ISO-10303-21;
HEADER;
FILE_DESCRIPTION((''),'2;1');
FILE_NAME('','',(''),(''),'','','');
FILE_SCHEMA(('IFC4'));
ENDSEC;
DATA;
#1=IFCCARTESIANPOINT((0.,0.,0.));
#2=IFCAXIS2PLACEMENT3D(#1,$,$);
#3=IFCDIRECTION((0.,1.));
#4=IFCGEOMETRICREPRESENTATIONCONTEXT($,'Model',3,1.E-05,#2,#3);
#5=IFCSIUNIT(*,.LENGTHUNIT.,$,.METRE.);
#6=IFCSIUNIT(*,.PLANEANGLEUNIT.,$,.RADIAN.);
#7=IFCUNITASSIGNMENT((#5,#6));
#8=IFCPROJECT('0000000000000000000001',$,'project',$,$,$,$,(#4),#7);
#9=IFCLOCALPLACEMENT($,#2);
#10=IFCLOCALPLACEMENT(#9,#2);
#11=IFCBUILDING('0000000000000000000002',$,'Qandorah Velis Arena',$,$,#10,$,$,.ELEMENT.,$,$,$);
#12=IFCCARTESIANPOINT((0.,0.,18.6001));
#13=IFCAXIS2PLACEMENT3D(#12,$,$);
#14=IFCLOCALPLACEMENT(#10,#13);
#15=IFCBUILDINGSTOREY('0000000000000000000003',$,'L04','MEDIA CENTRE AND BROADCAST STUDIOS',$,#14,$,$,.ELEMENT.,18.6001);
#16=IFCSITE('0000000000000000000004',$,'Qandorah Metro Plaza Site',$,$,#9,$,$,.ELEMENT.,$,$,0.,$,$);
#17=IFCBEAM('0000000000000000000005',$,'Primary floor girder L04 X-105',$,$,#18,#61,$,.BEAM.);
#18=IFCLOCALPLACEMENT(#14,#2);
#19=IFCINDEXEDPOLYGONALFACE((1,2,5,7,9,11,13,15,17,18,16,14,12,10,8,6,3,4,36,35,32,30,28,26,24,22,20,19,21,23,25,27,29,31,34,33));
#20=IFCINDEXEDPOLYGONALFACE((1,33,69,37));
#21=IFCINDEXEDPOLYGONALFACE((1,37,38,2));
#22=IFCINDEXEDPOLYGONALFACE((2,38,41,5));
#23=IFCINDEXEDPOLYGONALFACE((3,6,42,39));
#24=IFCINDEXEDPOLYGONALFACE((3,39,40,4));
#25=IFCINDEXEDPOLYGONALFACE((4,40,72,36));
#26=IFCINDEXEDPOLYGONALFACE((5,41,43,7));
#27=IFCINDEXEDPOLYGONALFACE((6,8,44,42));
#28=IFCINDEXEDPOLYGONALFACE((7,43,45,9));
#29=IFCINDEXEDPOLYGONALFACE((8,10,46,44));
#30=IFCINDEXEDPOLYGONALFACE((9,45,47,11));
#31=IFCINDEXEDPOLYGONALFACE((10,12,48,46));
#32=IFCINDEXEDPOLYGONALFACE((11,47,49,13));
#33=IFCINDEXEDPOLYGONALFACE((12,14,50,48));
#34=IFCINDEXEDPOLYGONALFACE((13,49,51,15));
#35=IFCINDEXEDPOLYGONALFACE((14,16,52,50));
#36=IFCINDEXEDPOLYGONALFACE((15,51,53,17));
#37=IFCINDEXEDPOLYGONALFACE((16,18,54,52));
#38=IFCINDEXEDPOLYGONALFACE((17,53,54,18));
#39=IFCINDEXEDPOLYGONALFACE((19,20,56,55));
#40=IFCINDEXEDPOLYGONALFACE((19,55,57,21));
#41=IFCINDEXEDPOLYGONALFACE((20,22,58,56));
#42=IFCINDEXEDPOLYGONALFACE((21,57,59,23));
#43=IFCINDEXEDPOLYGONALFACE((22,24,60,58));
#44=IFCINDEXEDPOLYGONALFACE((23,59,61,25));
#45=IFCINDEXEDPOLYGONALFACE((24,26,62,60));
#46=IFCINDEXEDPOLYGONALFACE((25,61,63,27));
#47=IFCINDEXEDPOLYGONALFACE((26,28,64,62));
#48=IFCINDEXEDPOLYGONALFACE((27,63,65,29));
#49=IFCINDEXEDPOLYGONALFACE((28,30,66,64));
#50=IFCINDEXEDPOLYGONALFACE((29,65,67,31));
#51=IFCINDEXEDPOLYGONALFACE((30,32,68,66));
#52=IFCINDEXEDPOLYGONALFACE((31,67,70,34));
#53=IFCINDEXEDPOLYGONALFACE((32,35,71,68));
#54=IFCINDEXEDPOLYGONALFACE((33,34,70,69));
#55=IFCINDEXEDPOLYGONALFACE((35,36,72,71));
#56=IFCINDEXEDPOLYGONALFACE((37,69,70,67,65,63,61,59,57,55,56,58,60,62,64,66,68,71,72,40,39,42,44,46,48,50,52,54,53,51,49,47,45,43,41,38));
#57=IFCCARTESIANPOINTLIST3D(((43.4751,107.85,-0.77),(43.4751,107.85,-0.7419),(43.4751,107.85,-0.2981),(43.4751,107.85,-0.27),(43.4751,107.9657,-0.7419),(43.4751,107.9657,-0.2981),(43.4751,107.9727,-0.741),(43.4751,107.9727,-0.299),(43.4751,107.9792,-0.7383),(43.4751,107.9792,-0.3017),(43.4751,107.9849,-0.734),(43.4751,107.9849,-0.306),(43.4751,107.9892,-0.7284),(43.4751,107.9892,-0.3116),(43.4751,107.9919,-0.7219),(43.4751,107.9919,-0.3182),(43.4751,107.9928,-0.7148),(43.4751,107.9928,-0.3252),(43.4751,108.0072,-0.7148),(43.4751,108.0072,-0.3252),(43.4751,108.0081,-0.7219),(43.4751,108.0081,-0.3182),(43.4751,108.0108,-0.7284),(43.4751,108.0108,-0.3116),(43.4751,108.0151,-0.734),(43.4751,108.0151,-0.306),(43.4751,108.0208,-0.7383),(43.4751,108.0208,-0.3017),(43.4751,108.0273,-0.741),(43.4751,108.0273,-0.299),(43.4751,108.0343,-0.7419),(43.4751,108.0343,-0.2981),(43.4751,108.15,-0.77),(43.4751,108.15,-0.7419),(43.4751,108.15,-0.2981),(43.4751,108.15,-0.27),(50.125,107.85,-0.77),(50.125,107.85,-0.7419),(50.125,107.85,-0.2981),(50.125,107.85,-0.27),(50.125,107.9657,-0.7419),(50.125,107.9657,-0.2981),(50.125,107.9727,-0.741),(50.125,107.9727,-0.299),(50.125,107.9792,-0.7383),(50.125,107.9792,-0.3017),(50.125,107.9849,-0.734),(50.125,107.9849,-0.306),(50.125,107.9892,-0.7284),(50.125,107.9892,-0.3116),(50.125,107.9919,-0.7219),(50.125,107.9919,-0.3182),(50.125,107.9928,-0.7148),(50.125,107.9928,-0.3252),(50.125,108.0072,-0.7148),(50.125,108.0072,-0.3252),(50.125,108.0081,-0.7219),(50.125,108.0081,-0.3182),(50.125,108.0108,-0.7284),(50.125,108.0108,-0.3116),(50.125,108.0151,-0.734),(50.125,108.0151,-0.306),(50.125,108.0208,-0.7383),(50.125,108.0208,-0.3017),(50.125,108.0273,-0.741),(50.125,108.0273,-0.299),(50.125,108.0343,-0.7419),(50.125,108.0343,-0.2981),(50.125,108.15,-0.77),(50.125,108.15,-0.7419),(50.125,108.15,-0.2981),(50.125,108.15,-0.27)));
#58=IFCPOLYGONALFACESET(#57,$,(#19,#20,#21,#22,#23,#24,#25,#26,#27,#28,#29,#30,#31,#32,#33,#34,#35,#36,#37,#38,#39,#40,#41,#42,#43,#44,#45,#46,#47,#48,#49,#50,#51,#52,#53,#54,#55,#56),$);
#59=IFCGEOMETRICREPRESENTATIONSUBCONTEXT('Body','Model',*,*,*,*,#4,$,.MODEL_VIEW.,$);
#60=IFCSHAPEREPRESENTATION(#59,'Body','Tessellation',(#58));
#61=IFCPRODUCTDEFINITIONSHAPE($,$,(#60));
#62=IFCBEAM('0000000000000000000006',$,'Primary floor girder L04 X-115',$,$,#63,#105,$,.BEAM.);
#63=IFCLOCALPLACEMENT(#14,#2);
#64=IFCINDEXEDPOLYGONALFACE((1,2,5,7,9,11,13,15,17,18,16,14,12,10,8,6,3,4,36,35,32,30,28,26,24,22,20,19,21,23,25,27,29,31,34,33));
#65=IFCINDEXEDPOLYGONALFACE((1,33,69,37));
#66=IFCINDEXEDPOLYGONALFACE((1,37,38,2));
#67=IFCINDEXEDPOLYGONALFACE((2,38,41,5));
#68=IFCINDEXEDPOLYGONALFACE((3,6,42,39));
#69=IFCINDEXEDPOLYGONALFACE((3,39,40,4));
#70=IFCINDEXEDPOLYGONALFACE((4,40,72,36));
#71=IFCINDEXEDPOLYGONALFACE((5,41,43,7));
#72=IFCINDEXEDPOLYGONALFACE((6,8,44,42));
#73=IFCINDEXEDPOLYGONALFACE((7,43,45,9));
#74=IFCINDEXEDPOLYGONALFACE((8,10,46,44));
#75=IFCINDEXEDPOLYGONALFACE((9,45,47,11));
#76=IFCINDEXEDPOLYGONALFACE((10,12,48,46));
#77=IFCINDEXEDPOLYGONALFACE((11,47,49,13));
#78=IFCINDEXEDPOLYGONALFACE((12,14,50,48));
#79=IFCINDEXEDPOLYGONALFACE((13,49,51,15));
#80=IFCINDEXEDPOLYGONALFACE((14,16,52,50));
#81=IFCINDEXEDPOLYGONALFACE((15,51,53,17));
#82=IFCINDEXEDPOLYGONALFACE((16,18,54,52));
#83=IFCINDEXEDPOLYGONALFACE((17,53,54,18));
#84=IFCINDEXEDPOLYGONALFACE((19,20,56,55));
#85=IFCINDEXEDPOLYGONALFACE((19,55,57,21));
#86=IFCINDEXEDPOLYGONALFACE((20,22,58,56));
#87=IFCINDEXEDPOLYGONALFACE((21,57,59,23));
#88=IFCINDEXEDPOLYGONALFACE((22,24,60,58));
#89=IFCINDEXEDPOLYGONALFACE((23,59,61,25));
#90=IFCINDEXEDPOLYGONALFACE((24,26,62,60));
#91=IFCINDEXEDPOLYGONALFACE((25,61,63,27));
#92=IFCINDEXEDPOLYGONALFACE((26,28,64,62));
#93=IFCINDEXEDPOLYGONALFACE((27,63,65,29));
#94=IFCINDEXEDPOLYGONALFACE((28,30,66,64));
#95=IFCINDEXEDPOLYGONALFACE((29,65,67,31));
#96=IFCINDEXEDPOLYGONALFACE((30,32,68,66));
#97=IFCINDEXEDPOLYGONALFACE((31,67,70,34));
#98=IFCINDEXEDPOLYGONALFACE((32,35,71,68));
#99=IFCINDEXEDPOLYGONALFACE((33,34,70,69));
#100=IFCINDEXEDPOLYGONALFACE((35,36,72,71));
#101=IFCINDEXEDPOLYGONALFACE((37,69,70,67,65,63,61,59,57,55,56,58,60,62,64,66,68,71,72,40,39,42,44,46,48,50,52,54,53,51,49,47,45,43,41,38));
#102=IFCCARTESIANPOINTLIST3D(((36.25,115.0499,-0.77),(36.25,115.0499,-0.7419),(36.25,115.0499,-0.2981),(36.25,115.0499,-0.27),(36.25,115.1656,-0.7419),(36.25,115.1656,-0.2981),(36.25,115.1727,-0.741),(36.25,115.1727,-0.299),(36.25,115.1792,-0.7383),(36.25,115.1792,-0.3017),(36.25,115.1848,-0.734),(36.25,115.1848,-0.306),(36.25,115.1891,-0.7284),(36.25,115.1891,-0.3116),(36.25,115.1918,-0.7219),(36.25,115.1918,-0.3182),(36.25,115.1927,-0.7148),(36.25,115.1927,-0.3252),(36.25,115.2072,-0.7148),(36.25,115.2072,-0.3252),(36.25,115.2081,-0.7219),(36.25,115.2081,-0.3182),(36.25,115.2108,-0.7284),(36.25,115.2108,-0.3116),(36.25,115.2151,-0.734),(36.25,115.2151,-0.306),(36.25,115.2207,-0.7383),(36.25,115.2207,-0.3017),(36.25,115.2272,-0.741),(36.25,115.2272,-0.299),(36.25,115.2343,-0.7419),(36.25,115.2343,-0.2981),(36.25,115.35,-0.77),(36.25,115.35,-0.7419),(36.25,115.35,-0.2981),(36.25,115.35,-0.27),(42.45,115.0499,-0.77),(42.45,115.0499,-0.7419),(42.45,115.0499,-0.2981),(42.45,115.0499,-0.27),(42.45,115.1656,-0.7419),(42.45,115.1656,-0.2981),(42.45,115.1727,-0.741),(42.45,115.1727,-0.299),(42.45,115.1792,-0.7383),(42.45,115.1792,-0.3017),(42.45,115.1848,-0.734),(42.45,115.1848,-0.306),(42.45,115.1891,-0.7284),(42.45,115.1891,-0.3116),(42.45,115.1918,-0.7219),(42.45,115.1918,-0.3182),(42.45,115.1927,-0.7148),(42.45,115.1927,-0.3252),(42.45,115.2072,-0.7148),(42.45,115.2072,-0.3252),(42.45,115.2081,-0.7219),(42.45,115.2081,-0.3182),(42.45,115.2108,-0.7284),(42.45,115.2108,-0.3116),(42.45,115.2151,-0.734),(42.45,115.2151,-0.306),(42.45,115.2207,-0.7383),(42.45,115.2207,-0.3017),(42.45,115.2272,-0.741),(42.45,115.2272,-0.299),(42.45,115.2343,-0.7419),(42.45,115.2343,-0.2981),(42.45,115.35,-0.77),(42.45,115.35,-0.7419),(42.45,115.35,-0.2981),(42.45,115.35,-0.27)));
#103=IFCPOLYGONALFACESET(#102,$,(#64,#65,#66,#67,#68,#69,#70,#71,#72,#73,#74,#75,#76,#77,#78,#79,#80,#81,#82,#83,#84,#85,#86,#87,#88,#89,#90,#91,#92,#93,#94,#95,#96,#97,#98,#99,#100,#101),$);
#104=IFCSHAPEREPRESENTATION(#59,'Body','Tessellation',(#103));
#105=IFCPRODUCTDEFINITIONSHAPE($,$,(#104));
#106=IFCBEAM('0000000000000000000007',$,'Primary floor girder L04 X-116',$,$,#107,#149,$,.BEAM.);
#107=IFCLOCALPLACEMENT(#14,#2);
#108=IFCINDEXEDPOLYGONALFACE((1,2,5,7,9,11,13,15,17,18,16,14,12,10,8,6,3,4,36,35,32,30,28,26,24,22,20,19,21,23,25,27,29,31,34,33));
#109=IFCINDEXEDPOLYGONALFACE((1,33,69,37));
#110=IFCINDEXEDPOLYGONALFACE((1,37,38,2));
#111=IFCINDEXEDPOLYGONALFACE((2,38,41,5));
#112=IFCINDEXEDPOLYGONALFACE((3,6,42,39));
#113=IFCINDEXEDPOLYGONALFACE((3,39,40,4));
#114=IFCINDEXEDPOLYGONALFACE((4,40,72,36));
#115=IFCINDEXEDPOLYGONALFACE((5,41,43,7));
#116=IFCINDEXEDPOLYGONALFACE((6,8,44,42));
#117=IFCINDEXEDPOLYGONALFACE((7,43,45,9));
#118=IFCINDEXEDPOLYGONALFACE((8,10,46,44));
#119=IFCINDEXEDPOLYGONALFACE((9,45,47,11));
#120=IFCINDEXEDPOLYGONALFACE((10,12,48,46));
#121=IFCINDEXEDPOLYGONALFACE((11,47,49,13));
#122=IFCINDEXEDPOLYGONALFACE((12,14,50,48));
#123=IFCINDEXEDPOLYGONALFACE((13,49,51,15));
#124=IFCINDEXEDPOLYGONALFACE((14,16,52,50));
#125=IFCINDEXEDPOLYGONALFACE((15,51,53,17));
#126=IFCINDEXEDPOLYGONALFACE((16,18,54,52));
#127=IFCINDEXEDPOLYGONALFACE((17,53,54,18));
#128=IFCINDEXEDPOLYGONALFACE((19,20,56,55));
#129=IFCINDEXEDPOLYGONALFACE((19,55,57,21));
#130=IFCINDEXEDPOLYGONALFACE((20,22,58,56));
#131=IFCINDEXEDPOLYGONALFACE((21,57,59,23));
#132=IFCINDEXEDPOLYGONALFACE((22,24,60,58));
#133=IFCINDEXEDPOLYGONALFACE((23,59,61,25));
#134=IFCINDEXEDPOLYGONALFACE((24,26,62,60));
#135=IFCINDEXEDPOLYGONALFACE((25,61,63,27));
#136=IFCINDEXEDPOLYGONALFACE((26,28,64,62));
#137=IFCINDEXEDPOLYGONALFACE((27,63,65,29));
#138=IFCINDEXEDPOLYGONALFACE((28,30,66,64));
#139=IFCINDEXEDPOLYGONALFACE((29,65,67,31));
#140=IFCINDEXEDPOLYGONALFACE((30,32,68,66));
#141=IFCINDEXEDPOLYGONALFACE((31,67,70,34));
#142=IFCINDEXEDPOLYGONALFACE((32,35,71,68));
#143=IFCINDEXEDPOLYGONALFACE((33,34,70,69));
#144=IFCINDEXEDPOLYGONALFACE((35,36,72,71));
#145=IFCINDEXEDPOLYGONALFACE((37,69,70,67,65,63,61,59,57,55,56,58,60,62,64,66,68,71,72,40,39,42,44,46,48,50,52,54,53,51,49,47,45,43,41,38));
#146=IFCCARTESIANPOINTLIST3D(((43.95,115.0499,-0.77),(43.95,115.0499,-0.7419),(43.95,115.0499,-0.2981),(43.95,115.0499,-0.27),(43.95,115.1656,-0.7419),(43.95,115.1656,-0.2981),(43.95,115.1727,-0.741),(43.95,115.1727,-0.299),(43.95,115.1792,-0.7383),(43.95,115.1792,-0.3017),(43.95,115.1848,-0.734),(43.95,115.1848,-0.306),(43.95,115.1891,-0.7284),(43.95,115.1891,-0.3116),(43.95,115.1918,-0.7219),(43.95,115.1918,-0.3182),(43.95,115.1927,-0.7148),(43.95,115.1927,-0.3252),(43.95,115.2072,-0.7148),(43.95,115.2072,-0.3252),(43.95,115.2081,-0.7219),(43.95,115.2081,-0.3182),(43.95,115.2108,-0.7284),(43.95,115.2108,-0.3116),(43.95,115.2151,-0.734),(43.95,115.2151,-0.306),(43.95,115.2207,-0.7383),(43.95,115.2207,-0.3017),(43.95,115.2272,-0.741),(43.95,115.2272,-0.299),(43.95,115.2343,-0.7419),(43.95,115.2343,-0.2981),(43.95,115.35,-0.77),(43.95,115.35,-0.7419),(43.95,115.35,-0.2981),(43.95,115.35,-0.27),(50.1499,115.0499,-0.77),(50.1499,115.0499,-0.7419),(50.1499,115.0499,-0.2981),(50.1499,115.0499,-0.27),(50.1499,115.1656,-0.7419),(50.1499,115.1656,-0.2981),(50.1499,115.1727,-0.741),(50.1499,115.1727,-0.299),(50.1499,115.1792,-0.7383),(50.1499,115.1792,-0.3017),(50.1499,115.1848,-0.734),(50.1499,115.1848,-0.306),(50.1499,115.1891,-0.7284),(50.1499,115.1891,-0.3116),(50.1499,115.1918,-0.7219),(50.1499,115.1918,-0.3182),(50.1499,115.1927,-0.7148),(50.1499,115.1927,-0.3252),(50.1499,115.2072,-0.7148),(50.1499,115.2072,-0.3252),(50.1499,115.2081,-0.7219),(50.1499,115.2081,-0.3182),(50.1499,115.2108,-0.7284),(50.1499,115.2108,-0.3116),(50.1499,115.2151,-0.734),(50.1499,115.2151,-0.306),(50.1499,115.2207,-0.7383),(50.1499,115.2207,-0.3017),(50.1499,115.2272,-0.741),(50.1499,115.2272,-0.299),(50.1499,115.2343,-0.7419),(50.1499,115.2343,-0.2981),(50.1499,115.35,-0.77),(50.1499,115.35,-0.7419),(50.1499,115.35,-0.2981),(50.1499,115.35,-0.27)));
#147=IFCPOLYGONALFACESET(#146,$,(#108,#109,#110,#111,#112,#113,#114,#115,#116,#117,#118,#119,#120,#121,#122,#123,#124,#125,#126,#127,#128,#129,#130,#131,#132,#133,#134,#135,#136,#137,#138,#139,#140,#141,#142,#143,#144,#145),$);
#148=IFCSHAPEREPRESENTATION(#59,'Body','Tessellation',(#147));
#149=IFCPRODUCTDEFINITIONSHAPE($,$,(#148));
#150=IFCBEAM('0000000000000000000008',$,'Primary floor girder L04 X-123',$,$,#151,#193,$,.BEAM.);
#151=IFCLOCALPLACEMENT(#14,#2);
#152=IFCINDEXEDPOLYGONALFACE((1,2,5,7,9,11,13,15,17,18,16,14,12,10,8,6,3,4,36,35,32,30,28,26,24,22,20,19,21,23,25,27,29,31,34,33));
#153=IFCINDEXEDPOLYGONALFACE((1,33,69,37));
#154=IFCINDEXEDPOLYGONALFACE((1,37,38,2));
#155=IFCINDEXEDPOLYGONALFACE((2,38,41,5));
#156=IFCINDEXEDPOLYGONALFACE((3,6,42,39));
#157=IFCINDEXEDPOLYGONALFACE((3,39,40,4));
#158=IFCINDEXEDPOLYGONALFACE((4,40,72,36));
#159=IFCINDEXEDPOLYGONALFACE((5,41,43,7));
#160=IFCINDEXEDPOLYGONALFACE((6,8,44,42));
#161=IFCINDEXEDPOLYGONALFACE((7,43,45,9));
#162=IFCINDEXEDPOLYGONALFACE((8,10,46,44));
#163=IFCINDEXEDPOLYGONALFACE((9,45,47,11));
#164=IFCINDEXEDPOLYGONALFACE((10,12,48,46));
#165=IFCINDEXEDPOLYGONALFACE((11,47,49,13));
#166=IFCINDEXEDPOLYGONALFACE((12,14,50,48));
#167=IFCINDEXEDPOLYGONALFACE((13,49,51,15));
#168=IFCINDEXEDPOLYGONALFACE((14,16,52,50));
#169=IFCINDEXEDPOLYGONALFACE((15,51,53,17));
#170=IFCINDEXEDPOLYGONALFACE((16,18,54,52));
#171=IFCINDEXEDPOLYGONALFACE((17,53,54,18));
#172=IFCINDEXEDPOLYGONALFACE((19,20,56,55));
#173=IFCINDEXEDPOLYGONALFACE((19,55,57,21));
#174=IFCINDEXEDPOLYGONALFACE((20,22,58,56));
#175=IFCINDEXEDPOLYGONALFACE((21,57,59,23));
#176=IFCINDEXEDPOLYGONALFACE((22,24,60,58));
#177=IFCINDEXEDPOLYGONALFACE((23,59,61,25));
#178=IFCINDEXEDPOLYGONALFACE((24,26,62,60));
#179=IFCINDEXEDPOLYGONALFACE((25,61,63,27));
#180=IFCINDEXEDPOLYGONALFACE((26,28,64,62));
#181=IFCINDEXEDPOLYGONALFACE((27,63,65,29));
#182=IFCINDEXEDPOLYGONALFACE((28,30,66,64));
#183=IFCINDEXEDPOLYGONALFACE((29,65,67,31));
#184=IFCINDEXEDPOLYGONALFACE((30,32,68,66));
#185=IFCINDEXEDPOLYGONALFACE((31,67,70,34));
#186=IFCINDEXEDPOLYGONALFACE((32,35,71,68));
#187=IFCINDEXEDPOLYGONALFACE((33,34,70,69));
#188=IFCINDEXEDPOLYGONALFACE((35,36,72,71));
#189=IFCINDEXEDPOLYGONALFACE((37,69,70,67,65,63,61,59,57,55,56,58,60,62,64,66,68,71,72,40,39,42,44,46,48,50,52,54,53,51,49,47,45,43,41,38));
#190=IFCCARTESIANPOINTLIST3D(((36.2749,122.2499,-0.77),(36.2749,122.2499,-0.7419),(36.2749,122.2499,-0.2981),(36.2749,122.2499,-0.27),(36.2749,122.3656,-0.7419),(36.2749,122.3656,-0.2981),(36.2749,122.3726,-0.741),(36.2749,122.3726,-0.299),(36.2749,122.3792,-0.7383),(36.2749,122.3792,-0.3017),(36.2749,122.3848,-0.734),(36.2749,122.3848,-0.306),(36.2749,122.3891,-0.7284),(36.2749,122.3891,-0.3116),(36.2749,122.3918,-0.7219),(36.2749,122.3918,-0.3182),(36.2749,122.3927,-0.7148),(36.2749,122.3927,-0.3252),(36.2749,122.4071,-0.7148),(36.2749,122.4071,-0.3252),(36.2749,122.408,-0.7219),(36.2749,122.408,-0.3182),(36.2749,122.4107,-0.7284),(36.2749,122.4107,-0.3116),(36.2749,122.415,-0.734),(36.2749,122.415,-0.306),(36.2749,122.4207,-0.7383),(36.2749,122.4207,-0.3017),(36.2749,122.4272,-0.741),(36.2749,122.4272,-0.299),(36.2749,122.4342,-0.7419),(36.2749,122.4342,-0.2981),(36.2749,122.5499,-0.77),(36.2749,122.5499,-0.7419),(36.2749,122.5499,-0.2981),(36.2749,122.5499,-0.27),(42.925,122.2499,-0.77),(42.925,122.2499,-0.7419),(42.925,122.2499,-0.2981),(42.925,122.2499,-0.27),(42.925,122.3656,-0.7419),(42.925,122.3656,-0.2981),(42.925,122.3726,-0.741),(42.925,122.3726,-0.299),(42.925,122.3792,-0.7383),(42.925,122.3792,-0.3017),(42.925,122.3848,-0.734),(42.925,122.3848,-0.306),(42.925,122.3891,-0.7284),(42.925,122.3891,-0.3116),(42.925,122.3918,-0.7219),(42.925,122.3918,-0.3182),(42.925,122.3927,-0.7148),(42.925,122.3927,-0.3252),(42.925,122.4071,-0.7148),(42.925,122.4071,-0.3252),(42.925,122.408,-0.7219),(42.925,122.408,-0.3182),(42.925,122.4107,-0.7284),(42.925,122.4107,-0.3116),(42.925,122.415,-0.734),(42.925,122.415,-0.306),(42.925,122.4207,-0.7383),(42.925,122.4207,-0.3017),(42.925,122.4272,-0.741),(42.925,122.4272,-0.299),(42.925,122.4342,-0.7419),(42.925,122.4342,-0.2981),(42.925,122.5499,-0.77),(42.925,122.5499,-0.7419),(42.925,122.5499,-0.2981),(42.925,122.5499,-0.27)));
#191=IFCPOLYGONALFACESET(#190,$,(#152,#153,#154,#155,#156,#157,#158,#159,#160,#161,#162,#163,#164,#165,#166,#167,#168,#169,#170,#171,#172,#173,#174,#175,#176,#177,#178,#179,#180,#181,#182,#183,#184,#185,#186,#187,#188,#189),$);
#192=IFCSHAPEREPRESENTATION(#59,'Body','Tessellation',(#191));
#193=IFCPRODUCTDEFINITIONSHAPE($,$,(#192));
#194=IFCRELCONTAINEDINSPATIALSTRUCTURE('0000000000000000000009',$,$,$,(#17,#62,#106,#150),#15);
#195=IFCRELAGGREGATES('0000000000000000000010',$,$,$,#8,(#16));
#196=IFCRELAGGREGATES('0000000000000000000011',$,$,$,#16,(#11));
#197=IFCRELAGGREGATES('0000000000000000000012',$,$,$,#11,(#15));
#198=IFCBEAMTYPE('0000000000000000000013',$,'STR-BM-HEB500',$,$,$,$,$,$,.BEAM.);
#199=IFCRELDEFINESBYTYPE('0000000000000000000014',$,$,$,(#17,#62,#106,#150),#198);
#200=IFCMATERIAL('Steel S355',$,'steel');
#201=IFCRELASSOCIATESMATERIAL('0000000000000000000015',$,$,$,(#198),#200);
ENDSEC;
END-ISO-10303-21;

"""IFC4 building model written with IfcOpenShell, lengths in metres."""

from ifc_helpers import new_model, si_unit, direction, frame, origin, origin_2d, place, context, subcontext, project, spatial, i_section, extrude, material, material_profile, profile_set, type_object, element, save


model = new_model("IFC4")

# Units and contexts
model_context = context("Model", 3, precision=1e-05, world=origin(), true_north=direction((0.0, 1.0)))
body_context = subcontext(model_context, "Body", "Model", "MODEL_VIEW")
ifc_project = project(units=[si_unit("LENGTHUNIT", "METRE"), si_unit("PLANEANGLEUNIT", "RADIAN")], contexts=[model_context])

# Site, building, storey
site_placement = place(None, origin())
site = spatial("IfcSite", under=ifc_project, at=site_placement, Name="Qandorah Metro Plaza Site", CompositionType="ELEMENT", RefElevation=0.0)
building_placement = place(site_placement, origin())
building = spatial("IfcBuilding", under=site, at=building_placement, Name="Qandorah Velis Arena", CompositionType="ELEMENT")
storey_placement = place(building_placement, frame((0.0, 0.0, 18.6001)))
storey = spatial("IfcBuildingStorey", under=building, at=storey_placement, Name="L04", Description="MEDIA CENTRE AND BROADCAST STUDIOS", CompositionType="ELEMENT", Elevation=18.6001)

# Shared definitions
ifc_material_1 = material(Name="Steel S355", Category="steel")

# Beams
ifc_material_profile_1 = material_profile(ifc_material_1, i_section(OverallWidth=0.3, OverallDepth=0.5, WebThickness=0.0144, FlangeThickness=0.0281, FilletRadius=0.0271, at=origin_2d()), Name="HEB 500")
ifc_profile_set_1 = profile_set([ifc_material_profile_1], Name="Steel S355")
beam_type_1 = type_object("IfcBeamType", Name="STR-BM-HEB500", PredefinedType="BEAM", material=ifc_profile_set_1)
beam_1_placement = place(storey_placement, frame((43.4751, 108.0, -0.52), z_axis=(1.0, 0.0, 0.0), x_axis=(0.0, 1.0, 0.0)))
element("IfcBeam", 1, at=beam_1_placement, inside=storey, type_object=beam_type_1, Name="Primary floor girder L04 X-105", PredefinedType="BEAM", context=body_context, shape_type="SweptSolid", body=[
    extrude(i_section(OverallWidth=0.3, OverallDepth=0.5, WebThickness=0.0144, FlangeThickness=0.0281, FilletRadius=0.0271, at=origin_2d()), origin(), (0.0, 0.0, 1.0), 6.6499),
])
for number, where, z_axis, x_axis, name in (
    (2, (36.25, 115.2, -0.52), (1.0, 0.0, 0.0), (0.0, 1.0, 0.0), "Primary floor girder L04 X-115"),
    (3, (43.95, 115.2, -0.52), (1.0, 0.0, 0.0), (0.0, 1.0, 0.0), "Primary floor girder L04 X-116"),
):
    element("IfcBeam", number, at=place(storey_placement, frame(where, z_axis=z_axis, x_axis=x_axis)), inside=storey, type_object=beam_type_1, Name=name, PredefinedType="BEAM", context=body_context, shape_type="SweptSolid", body=[
        extrude(i_section(OverallWidth=0.3, OverallDepth=0.5, WebThickness=0.0144, FlangeThickness=0.0281, FilletRadius=0.0271, at=origin_2d()), origin(), (0.0, 0.0, 1.0), 6.2),
    ])
beam_2_placement = place(storey_placement, frame((36.2749, 122.3999, -0.52), z_axis=(1.0, 0.0, 0.0), x_axis=(0.0, 1.0, 0.0)))
element("IfcBeam", 4, at=beam_2_placement, inside=storey, type_object=beam_type_1, Name="Primary floor girder L04 X-123", PredefinedType="BEAM", context=body_context, shape_type="SweptSolid", body=[
    extrude(i_section(OverallWidth=0.3, OverallDepth=0.5, WebThickness=0.0144, FlangeThickness=0.0281, FilletRadius=0.0271, at=origin_2d()), origin(), (0.0, 0.0, 1.0), 6.6501),
])

save(model, "model.ifc")
